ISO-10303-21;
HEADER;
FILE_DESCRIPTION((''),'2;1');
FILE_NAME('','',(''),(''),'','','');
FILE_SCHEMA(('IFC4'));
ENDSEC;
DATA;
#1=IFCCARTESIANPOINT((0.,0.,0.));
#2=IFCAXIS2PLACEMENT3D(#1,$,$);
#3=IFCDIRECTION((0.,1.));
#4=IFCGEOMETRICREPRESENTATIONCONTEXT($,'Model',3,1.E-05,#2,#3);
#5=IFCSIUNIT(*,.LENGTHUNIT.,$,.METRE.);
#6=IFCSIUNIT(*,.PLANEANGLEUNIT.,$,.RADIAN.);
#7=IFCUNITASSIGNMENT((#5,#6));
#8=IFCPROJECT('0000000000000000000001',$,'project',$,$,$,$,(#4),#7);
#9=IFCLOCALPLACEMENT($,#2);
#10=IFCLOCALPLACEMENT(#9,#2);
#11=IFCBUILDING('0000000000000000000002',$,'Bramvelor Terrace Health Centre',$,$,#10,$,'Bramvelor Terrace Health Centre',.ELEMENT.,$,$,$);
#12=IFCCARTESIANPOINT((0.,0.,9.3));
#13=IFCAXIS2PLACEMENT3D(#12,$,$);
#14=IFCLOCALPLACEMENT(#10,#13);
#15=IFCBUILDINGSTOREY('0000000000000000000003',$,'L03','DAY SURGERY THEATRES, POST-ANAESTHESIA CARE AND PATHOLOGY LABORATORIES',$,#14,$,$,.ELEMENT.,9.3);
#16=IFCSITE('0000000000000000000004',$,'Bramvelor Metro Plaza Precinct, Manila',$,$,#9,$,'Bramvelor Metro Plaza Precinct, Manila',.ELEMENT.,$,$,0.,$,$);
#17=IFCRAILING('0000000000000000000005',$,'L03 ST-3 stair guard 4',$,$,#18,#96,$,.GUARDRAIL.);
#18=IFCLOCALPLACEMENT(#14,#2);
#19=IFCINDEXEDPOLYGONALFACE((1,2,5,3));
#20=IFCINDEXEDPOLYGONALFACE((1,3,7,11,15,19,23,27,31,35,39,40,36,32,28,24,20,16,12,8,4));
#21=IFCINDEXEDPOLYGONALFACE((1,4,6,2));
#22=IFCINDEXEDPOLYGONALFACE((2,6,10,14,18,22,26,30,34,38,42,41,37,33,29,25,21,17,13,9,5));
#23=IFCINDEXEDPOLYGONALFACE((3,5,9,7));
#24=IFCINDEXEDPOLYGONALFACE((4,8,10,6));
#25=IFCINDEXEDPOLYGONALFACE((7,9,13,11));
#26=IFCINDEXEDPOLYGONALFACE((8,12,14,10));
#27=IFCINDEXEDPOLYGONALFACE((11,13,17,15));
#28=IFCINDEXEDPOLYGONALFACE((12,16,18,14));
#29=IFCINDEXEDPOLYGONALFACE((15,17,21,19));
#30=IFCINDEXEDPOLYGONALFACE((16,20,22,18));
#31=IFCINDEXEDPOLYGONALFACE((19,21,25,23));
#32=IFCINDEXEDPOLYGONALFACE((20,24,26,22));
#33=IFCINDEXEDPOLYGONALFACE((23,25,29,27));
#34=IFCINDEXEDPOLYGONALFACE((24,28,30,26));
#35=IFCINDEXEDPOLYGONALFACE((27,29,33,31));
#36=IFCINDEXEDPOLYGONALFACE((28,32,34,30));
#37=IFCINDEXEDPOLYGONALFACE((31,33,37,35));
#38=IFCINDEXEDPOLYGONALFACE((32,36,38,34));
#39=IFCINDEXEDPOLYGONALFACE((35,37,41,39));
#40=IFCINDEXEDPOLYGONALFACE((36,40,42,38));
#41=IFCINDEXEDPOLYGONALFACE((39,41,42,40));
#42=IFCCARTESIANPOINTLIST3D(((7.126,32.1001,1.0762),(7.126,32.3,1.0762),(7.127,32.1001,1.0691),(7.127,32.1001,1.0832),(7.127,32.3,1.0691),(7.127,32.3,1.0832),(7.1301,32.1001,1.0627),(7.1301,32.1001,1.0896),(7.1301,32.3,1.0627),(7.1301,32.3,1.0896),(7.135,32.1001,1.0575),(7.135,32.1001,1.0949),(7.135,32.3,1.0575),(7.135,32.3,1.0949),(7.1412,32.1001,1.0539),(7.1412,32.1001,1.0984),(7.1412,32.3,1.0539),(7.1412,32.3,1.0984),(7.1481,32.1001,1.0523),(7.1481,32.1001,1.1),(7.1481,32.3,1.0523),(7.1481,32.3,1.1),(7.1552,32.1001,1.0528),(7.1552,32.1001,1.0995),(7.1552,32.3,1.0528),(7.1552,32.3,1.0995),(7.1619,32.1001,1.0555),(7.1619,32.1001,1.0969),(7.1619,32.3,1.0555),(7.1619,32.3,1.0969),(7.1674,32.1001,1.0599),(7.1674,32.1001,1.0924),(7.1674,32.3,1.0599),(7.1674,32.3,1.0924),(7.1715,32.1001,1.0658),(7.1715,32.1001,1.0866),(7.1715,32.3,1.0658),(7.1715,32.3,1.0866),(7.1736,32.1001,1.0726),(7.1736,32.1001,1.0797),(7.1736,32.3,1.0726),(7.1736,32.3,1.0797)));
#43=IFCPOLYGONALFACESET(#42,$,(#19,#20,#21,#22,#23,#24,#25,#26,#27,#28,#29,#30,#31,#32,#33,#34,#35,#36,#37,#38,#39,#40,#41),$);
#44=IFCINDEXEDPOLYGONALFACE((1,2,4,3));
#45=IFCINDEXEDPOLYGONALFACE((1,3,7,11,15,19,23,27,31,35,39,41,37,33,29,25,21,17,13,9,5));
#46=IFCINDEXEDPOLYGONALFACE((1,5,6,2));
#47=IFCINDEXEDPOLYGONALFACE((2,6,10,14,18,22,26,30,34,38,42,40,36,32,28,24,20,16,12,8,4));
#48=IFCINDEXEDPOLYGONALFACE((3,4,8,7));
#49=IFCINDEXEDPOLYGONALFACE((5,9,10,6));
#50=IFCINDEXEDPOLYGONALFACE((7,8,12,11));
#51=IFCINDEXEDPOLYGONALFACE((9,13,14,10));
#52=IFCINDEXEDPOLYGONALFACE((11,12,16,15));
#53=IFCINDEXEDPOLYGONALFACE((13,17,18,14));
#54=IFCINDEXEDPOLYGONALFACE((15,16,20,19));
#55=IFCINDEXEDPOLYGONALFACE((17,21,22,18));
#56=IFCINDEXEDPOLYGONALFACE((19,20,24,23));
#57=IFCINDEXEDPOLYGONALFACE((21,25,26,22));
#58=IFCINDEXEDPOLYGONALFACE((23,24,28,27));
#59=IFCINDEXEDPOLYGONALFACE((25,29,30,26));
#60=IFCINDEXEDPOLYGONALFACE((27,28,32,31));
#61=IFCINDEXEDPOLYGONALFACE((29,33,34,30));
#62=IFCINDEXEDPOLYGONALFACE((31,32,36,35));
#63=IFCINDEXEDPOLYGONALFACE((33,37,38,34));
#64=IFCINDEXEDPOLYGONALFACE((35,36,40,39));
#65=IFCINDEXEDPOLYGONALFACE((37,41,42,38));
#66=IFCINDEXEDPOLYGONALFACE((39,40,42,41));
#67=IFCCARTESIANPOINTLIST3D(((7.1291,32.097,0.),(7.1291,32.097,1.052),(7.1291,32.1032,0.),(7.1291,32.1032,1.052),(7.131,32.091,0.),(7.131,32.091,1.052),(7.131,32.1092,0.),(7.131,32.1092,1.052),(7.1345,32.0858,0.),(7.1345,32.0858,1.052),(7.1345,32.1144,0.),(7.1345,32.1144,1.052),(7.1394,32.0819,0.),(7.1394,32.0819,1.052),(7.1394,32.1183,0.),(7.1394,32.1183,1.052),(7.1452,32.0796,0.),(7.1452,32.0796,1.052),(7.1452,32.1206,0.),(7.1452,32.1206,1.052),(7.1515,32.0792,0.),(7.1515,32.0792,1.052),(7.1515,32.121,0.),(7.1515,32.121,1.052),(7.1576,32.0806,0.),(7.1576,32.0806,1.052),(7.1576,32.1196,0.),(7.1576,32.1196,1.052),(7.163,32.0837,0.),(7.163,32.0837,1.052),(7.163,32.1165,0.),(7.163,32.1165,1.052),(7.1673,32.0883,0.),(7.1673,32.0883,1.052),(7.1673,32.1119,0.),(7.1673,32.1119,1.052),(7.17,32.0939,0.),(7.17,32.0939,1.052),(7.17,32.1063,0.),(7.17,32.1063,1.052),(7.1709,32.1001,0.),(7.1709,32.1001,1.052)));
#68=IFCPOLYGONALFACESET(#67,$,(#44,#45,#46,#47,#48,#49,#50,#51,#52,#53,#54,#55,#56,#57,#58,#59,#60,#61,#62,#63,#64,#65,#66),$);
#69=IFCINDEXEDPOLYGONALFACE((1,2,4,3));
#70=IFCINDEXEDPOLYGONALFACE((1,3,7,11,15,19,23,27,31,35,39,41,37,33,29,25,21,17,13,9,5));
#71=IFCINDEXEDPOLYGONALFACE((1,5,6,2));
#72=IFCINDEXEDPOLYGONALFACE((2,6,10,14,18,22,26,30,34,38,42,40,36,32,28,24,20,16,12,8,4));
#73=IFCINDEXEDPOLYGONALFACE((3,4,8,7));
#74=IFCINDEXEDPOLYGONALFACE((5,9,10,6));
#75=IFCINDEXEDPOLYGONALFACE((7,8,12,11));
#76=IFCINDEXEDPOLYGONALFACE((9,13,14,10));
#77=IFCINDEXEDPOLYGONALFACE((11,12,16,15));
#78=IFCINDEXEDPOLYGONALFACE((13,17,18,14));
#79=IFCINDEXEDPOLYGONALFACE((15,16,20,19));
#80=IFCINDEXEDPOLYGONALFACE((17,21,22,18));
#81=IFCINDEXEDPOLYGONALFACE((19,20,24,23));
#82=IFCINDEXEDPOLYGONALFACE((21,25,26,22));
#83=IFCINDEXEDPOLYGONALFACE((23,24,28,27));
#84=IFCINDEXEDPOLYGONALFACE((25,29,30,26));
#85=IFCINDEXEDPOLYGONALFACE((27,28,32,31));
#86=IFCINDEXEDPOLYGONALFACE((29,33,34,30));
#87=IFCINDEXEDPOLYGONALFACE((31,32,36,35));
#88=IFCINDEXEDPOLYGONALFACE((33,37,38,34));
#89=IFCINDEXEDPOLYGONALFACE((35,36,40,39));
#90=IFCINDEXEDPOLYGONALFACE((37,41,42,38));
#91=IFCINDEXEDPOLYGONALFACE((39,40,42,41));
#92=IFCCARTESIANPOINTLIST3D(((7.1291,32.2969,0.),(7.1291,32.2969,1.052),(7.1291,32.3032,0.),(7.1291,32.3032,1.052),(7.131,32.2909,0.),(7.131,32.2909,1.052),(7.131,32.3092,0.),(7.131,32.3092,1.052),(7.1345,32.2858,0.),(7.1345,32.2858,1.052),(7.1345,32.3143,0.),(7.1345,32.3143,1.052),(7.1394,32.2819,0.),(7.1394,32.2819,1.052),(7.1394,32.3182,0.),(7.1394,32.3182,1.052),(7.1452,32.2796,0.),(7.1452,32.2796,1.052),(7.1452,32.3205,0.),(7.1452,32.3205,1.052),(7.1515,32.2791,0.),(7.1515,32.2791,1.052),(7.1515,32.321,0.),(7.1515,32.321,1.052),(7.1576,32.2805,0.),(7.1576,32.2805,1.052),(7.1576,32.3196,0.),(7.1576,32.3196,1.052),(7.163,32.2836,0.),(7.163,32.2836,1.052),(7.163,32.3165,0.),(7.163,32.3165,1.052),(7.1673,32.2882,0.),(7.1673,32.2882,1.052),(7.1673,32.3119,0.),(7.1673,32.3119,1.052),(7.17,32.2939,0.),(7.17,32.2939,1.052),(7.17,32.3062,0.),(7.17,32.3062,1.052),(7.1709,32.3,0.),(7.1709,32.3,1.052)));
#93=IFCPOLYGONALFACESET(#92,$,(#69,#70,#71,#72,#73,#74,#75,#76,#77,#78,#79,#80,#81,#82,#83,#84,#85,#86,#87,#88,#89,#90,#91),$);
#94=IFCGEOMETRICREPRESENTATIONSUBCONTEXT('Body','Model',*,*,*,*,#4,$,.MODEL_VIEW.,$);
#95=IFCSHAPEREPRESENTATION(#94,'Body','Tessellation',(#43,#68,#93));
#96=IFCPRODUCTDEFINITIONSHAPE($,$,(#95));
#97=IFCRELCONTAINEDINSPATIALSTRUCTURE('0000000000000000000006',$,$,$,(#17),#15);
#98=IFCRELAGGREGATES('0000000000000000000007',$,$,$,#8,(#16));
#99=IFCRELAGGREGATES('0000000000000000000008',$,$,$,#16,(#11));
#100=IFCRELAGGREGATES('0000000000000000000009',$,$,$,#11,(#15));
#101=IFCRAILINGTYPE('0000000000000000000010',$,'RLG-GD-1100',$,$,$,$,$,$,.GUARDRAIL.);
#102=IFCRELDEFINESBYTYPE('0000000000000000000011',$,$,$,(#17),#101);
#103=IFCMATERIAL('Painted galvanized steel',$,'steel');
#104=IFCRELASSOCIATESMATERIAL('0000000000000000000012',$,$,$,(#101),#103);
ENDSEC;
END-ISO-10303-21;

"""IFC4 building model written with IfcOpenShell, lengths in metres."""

from ifc_helpers import new_model, si_unit, direction, frame, origin, origin_2d, place, context, subcontext, project, spatial, circle, extrude, material, type_object, element, save


model = new_model("IFC4")

# Units and contexts
model_context = context("Model", 3, precision=1e-05, world=origin(), true_north=direction((0.0, 1.0)))
body_context = subcontext(model_context, "Body", "Model", "MODEL_VIEW")
ifc_project = project(units=[si_unit("LENGTHUNIT", "METRE"), si_unit("PLANEANGLEUNIT", "RADIAN")], contexts=[model_context])

# Site, building, storey
site_placement = place(None, origin())
site = spatial("IfcSite", under=ifc_project, at=site_placement, Name="Bramvelor Metro Plaza Precinct, Manila", LongName="Bramvelor Metro Plaza Precinct, Manila", CompositionType="ELEMENT", RefElevation=0.0)
building_placement = place(site_placement, origin())
building = spatial("IfcBuilding", under=site, at=building_placement, Name="Bramvelor Terrace Health Centre", LongName="Bramvelor Terrace Health Centre", CompositionType="ELEMENT")
storey_placement = place(building_placement, frame((0.0, 0.0, 9.3)))
storey = spatial("IfcBuildingStorey", under=building, at=storey_placement, Name="L03", Description="DAY SURGERY THEATRES, POST-ANAESTHESIA CARE AND PATHOLOGY LABORATORIES", CompositionType="ELEMENT", Elevation=9.3)

# Railing
ifc_material_1 = material(Name="Painted galvanized steel", Category="steel")
railing_type_1 = type_object("IfcRailingType", Name="RLG-GD-1100", PredefinedType="GUARDRAIL", material=ifc_material_1)
railing_1_placement = place(storey_placement, frame((7.1499, 32.1001, 0.0)))
element("IfcRailing", 1, at=railing_1_placement, inside=storey, type_object=railing_type_1, Name="L03 ST-3 stair guard 4", PredefinedType="GUARDRAIL", context=body_context, shape_type="SweptSolid", body=[
    extrude(circle(Radius=0.0239, at=origin_2d()), frame((0.0, 0.0, 1.0762), z_axis=(0.0, 1.0, 0.0), x_axis=(-1.0, 0.0, 0.0)), (0.0, 0.0, 1.0), 0.2),
    extrude(circle(Radius=0.021, at=origin_2d()), origin(), (0.0, 0.0, 1.0), 1.052),
    extrude(circle(Radius=0.021, at=origin_2d()), frame((0.0, 0.2, 0.0)), (0.0, 0.0, 1.0), 1.052),
])

save(model, "model.ifc")
